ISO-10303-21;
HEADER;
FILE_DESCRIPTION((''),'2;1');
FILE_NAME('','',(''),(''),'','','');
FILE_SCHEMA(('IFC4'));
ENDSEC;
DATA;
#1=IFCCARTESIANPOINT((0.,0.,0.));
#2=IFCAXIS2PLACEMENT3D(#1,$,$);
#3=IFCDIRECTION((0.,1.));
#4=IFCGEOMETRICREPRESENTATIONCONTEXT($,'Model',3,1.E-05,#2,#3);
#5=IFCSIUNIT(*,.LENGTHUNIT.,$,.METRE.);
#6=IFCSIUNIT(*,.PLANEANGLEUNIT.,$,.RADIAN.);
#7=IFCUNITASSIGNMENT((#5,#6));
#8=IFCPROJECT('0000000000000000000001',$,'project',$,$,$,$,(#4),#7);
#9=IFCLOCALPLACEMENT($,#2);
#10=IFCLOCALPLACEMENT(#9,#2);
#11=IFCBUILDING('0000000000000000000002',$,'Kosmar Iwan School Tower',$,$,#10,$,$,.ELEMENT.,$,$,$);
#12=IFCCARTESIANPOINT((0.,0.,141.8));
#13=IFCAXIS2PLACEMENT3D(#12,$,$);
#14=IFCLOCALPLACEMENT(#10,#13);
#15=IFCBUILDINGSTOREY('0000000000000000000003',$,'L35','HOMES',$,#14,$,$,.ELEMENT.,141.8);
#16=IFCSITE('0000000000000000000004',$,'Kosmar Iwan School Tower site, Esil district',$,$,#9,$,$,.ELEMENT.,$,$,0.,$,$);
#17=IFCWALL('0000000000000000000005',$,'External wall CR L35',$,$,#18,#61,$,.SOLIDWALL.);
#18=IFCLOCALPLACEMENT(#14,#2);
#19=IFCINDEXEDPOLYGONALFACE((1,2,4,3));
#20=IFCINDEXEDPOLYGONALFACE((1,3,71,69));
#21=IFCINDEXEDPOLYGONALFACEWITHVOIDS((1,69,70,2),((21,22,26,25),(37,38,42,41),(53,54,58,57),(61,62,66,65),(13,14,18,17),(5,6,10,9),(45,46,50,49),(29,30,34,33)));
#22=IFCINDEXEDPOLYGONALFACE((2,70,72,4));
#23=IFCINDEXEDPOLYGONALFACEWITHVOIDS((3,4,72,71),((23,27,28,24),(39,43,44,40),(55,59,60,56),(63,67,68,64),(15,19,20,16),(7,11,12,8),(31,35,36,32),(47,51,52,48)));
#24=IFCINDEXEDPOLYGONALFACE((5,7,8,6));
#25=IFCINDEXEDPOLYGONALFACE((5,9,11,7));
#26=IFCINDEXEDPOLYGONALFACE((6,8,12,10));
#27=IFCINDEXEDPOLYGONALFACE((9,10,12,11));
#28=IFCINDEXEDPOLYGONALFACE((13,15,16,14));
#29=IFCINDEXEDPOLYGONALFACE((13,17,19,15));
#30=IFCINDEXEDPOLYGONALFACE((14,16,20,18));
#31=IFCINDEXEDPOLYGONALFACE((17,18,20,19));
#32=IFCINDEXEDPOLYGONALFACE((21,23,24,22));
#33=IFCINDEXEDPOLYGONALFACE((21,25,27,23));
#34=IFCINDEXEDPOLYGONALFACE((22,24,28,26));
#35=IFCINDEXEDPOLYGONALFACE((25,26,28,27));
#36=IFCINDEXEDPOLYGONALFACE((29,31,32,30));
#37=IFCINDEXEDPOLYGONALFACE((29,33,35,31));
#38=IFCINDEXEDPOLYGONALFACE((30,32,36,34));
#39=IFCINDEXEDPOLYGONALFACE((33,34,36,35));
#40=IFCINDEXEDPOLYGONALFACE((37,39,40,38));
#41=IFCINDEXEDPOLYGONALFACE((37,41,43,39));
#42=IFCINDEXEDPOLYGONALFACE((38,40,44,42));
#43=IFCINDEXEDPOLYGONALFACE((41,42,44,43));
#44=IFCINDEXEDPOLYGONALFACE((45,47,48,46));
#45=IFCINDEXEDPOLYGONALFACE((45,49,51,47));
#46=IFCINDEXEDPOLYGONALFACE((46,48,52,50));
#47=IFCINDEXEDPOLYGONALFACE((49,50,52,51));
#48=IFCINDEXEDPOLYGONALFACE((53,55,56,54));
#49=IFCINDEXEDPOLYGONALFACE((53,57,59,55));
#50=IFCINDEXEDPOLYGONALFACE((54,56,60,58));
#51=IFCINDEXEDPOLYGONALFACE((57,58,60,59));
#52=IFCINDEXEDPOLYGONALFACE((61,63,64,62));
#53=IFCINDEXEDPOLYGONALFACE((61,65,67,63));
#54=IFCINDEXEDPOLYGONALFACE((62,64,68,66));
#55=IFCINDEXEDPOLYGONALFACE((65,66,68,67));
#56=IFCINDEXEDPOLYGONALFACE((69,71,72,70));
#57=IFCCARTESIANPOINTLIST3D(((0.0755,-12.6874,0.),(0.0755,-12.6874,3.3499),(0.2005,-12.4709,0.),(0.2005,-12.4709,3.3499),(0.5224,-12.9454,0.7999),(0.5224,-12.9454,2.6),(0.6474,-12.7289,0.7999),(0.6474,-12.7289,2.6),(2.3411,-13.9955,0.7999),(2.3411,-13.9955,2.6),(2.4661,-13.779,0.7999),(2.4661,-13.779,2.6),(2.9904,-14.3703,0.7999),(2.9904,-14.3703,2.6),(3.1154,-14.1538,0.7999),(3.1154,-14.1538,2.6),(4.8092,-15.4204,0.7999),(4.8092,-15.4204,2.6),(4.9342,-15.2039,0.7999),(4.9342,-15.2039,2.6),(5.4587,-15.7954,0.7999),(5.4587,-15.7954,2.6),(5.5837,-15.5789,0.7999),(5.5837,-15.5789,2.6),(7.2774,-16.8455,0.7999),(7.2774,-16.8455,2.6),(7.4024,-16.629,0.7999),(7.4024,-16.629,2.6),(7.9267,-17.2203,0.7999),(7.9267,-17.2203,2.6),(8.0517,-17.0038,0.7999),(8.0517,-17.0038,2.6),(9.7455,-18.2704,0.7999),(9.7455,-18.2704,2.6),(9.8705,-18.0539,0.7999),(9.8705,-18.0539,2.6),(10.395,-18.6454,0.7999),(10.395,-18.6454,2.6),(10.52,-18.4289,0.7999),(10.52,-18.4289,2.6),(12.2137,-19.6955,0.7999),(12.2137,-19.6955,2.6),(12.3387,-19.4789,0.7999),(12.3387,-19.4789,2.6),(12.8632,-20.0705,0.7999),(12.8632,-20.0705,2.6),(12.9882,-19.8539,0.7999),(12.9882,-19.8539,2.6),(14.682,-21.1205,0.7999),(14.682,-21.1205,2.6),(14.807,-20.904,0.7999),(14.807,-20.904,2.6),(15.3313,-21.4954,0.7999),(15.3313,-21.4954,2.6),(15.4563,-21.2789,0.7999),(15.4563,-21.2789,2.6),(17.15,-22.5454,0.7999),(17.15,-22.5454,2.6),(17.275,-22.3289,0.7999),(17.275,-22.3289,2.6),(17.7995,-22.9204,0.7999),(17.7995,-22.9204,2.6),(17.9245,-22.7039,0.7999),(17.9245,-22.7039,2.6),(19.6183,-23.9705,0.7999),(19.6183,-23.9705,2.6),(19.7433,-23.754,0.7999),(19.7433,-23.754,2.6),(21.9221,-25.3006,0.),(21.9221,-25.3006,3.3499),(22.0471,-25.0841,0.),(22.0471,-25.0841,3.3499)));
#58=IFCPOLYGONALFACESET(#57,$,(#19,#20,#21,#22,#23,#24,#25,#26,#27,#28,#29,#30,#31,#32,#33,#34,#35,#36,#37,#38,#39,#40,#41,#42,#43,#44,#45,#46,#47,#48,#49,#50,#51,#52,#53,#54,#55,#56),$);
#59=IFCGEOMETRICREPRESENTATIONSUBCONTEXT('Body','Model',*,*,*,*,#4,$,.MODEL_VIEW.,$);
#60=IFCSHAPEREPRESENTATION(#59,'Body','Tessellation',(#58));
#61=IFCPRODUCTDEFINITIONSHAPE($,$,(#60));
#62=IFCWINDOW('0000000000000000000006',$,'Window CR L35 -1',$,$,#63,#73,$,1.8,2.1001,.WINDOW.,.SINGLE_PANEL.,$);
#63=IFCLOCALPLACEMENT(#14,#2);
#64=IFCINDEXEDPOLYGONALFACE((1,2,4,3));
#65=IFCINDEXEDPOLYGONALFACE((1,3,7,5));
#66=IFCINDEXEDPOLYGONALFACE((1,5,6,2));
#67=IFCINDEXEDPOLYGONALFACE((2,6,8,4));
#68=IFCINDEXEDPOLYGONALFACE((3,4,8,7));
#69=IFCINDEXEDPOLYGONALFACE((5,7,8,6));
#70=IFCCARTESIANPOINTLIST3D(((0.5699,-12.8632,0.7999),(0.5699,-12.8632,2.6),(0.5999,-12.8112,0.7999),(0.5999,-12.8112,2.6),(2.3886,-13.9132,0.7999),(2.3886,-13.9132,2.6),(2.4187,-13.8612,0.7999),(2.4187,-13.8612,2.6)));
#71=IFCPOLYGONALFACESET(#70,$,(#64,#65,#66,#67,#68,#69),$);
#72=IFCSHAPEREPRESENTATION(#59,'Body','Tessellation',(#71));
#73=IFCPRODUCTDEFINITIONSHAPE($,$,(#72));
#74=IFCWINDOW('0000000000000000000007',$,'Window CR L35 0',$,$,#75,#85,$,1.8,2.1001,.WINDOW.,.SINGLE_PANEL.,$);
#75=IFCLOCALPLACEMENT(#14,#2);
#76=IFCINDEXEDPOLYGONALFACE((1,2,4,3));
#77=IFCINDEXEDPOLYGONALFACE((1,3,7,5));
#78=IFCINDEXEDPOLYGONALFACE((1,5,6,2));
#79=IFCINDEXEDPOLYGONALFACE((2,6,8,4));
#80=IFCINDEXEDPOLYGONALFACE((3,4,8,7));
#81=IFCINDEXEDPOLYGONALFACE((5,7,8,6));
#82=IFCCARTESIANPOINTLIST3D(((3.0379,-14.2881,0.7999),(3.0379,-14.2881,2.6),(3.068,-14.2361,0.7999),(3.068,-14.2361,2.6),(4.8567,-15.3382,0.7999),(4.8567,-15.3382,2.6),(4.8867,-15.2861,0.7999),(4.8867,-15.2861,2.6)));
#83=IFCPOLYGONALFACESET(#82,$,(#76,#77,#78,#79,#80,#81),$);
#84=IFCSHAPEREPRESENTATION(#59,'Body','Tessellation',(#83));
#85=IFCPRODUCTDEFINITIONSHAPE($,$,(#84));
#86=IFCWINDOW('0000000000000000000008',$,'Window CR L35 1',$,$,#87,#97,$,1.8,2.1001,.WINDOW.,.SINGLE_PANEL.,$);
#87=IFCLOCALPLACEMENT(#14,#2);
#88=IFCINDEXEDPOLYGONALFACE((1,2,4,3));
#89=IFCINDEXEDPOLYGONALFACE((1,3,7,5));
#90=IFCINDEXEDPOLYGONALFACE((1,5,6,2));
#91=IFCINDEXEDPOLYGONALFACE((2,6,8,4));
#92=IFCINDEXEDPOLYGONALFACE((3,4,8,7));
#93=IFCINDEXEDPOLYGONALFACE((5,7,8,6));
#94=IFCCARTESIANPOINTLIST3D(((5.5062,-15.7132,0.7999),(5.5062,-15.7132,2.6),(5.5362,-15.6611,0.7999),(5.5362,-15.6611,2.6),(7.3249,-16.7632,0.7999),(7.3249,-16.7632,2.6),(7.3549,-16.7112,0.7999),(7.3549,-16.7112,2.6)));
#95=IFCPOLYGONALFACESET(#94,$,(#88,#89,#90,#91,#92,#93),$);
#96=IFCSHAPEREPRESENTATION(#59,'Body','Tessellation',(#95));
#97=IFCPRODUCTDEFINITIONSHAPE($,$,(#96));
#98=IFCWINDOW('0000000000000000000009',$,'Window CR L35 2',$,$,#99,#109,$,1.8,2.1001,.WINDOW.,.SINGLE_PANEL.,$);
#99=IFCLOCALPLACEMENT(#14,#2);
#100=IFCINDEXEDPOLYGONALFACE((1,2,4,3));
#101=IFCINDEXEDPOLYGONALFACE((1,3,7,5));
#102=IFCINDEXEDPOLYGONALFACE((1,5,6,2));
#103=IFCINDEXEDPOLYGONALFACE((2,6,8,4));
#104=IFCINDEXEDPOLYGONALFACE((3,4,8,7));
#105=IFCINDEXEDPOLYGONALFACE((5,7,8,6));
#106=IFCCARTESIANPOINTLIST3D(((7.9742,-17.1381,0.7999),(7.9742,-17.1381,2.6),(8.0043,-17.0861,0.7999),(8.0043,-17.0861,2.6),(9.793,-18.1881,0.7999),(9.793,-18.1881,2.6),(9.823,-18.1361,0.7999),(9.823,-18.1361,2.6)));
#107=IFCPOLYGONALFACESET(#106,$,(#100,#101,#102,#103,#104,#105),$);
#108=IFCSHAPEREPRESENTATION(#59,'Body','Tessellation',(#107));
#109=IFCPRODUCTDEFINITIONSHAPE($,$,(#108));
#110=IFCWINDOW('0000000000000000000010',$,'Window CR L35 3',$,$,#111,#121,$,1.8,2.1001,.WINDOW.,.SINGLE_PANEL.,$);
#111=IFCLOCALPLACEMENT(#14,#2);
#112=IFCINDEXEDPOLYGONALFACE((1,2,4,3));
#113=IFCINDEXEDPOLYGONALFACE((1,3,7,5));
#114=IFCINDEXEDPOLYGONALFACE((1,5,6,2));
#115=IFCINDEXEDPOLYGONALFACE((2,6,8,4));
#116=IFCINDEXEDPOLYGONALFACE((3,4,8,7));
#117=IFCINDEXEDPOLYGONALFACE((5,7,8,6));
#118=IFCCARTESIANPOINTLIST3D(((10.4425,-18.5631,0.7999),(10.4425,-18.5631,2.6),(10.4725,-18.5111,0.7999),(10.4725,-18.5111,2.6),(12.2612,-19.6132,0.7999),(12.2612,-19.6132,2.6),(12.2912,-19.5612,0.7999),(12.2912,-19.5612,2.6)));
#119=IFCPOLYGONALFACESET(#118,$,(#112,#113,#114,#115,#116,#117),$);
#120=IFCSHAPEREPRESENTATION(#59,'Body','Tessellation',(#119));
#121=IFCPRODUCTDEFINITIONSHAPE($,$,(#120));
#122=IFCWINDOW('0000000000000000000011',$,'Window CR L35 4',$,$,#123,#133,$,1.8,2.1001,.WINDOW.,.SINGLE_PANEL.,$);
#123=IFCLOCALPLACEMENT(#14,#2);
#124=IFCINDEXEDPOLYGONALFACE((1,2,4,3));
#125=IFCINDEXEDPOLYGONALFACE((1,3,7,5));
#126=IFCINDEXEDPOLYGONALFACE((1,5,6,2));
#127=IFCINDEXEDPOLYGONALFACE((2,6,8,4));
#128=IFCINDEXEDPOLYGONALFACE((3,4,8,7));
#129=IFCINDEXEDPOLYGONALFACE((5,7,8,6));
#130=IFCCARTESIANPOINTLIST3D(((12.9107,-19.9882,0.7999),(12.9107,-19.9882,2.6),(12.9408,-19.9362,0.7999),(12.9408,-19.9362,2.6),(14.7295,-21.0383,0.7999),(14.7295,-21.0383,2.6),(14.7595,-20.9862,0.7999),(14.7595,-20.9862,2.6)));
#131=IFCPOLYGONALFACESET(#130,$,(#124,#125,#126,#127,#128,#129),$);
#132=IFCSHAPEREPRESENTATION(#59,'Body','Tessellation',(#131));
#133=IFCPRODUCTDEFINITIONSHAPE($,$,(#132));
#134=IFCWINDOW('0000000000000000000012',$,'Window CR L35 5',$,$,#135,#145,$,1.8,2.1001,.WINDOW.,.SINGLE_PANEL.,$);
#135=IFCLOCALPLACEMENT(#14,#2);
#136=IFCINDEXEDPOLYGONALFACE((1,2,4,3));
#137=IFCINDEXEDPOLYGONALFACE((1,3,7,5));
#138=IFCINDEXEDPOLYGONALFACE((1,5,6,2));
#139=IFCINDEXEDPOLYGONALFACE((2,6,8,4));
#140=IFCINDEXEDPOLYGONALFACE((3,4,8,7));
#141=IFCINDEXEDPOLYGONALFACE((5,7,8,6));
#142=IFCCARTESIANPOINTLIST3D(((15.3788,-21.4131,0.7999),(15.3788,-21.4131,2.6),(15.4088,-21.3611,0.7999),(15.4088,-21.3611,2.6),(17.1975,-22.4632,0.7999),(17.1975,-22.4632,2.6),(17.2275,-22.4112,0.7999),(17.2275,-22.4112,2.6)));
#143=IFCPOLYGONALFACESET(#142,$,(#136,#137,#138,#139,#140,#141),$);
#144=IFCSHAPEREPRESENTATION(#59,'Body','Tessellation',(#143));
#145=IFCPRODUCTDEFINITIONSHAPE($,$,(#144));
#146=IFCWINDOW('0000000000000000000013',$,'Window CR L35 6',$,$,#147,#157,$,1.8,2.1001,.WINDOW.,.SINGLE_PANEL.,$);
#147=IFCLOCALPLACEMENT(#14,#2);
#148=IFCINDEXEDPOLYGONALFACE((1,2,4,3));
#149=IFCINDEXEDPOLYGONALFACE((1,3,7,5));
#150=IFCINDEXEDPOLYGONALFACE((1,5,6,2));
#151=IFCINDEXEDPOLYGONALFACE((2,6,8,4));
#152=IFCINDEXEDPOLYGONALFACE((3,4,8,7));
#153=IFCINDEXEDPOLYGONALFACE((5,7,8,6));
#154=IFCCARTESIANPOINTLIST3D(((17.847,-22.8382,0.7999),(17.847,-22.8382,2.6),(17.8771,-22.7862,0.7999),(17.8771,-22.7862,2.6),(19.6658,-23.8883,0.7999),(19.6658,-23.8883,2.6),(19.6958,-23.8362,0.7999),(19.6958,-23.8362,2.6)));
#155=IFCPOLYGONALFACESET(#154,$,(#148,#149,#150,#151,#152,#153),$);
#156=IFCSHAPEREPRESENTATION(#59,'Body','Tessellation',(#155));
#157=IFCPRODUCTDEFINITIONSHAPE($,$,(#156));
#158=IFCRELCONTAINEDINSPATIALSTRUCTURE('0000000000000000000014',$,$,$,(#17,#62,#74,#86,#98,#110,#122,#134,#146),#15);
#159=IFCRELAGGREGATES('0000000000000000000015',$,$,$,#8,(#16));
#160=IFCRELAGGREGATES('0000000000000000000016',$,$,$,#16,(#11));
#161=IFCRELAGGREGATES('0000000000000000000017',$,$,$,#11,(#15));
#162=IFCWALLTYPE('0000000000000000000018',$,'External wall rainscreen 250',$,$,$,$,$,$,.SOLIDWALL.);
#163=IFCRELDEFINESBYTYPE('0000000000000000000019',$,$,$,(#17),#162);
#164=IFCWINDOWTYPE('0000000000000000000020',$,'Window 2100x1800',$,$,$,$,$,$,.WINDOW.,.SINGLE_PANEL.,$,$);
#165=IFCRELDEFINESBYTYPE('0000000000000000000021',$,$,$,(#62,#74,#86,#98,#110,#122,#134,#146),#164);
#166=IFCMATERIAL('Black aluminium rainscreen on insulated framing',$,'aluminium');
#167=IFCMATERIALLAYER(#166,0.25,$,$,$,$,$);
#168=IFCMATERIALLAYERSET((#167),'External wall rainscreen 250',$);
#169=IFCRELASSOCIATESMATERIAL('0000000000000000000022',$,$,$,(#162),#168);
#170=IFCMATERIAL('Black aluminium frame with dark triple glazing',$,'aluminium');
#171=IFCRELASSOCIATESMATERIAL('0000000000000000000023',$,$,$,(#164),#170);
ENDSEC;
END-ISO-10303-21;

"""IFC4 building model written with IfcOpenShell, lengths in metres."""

from ifc_helpers import new_model, si_unit, direction, frame, frame_2d, origin, place, context, subcontext, project, spatial, rectangle, extrude, material, layer, layer_set, type_object, element, fill, save


model = new_model("IFC4")

# Units and contexts
model_context = context("Model", 3, precision=1e-05, world=origin(), true_north=direction((0.0, 1.0)))
body_context = subcontext(model_context, "Body", "Model", "MODEL_VIEW")
ifc_project = project(units=[si_unit("LENGTHUNIT", "METRE"), si_unit("PLANEANGLEUNIT", "RADIAN")], contexts=[model_context])

# Site, building, storey
site_placement = place(None, origin())
site = spatial("IfcSite", under=ifc_project, at=site_placement, Name="Kosmar Iwan School Tower site, Esil district", CompositionType="ELEMENT", RefElevation=0.0)
building_placement = place(site_placement, origin())
building = spatial("IfcBuilding", under=site, at=building_placement, Name="Kosmar Iwan School Tower", CompositionType="ELEMENT")
storey_placement = place(building_placement, frame((0.0, 0.0, 141.8)))
storey = spatial("IfcBuildingStorey", under=building, at=storey_placement, Name="L35", Description="HOMES", CompositionType="ELEMENT", Elevation=141.8)

# Wall, openings, windows
ifc_material_1 = material(Name="Black aluminium rainscreen on insulated framing", Category="aluminium")
ifc_layer_1 = layer(ifc_material_1, 0.25)
ifc_layer_set_1 = layer_set([ifc_layer_1], Name="External wall rainscreen 250")
wall_type_1 = type_object("IfcWallType", Name="External wall rainscreen 250", PredefinedType="SOLIDWALL", material=ifc_layer_set_1)
ifc_material_2 = material(Name="Black aluminium frame with dark triple glazing", Category="aluminium")
window_type = type_object("IfcWindowType", Name="Window 2100x1800", PartitioningType="SINGLE_PANEL", PredefinedType="WINDOW", material=ifc_material_2)
wall_1_placement = place(storey_placement, frame((0.1379, -12.5791, 0.0), z_axis=(0.0, 0.0, 1.0), x_axis=(0.866024, -0.500003, 0.0)))
wall_1 = element("IfcWall", 1, at=wall_1_placement, inside=storey, type_object=wall_type_1, Name="External wall CR L35", PredefinedType="SOLIDWALL", context=body_context, shape_type="SweptSolid", body=[
    extrude(rectangle(XDim=25.2263, YDim=0.25, at=frame_2d((12.6133, 0.0))), origin(), (0.0, 0.0, 1.0), 3.3499),
])
opening_1_placement = place(wall_1_placement, frame((0.5161, 0.0, 0.8)))
opening_1 = element("IfcOpeningElement", 2, at=opening_1_placement, cuts=wall_1, PredefinedType="OPENING", context=body_context, shape_type="SweptSolid", body=[
    extrude(rectangle(XDim=2.1001, YDim=1.8, at=frame_2d((1.05, 0.8999))), frame((0.0, 0.137, 0.0), z_axis=(0.0, -1.0, 0.0), x_axis=(1.0, 0.0, 0.0)), (0.0, 0.0, 1.0), 0.2739),
])
opening_2_placement = place(wall_1_placement, frame((3.366, 0.0, 0.8)))
opening_2 = element("IfcOpeningElement", 3, at=opening_2_placement, cuts=wall_1, PredefinedType="OPENING", context=body_context, shape_type="SweptSolid", body=[
    extrude(rectangle(XDim=2.1001, YDim=1.8, at=frame_2d((1.05, 0.8999))), frame((0.0, 0.137, 0.0), z_axis=(0.0, -1.0, 0.0), x_axis=(1.0, 0.0, 0.0)), (0.0, 0.0, 1.0), 0.2739),
])
opening_3_placement = place(wall_1_placement, frame((6.2161, 0.0, 0.8)))
opening_3 = element("IfcOpeningElement", 4, at=opening_3_placement, cuts=wall_1, PredefinedType="OPENING", context=body_context, shape_type="SweptSolid", body=[
    extrude(rectangle(XDim=2.1001, YDim=1.8, at=frame_2d((1.05, 0.8999))), frame((0.0, 0.137, 0.0), z_axis=(0.0, -1.0, 0.0), x_axis=(1.0, 0.0, 0.0)), (0.0, 0.0, 1.0), 0.2739),
])
opening_4_placement = place(wall_1_placement, frame((9.0659, 0.0, 0.8)))
opening_4 = element("IfcOpeningElement", 5, at=opening_4_placement, cuts=wall_1, PredefinedType="OPENING", context=body_context, shape_type="SweptSolid", body=[
    extrude(rectangle(XDim=2.1001, YDim=1.8, at=frame_2d((1.05, 0.8999))), frame((0.0, 0.137, 0.0), z_axis=(0.0, -1.0, 0.0), x_axis=(1.0, 0.0, 0.0)), (0.0, 0.0, 1.0), 0.2739),
])
opening_5_placement = place(wall_1_placement, frame((11.916, 0.0, 0.8)))
opening_5 = element("IfcOpeningElement", 6, at=opening_5_placement, cuts=wall_1, PredefinedType="OPENING", context=body_context, shape_type="SweptSolid", body=[
    extrude(rectangle(XDim=2.1001, YDim=1.8, at=frame_2d((1.05, 0.8999))), frame((0.0, 0.137, 0.0), z_axis=(0.0, -1.0, 0.0), x_axis=(1.0, 0.0, 0.0)), (0.0, 0.0, 1.0), 0.2739),
])
opening_6_placement = place(wall_1_placement, frame((14.7661, 0.0, 0.8)))
opening_6 = element("IfcOpeningElement", 7, at=opening_6_placement, cuts=wall_1, PredefinedType="OPENING", context=body_context, shape_type="SweptSolid", body=[
    extrude(rectangle(XDim=2.1001, YDim=1.8, at=frame_2d((1.05, 0.8999))), frame((0.0, 0.137, 0.0), z_axis=(0.0, -1.0, 0.0), x_axis=(1.0, 0.0, 0.0)), (0.0, 0.0, 1.0), 0.2739),
])
opening_7_placement = place(wall_1_placement, frame((17.616, 0.0, 0.8)))
opening_7 = element("IfcOpeningElement", 8, at=opening_7_placement, cuts=wall_1, PredefinedType="OPENING", context=body_context, shape_type="SweptSolid", body=[
    extrude(rectangle(XDim=2.1001, YDim=1.8, at=frame_2d((1.05, 0.8999))), frame((0.0, 0.137, 0.0), z_axis=(0.0, -1.0, 0.0), x_axis=(1.0, 0.0, 0.0)), (0.0, 0.0, 1.0), 0.2739),
])
opening_8_placement = place(wall_1_placement, frame((20.4661, 0.0, 0.8)))
opening_8 = element("IfcOpeningElement", 9, at=opening_8_placement, cuts=wall_1, PredefinedType="OPENING", context=body_context, shape_type="SweptSolid", body=[
    extrude(rectangle(XDim=2.1001, YDim=1.8, at=frame_2d((1.05, 0.8999))), frame((0.0, 0.137, 0.0), z_axis=(0.0, -1.0, 0.0), x_axis=(1.0, 0.0, 0.0)), (0.0, 0.0, 1.0), 0.2739),
])
window_1_placement = place(opening_1_placement, origin())
window_1 = element("IfcWindow", 10, at=window_1_placement, inside=storey, type_object=window_type, Name="Window CR L35 -1", OverallHeight=1.8, OverallWidth=2.1001, PartitioningType="SINGLE_PANEL", PredefinedType="WINDOW", context=body_context, shape_type="SweptSolid", body=[
    extrude(rectangle(XDim=2.1001, YDim=1.8, at=frame_2d((1.05, 0.8999))), frame((0.0, 0.03, 0.0), z_axis=(0.0, -1.0, 0.0), x_axis=(1.0, 0.0, 0.0)), (0.0, 0.0, 1.0), 0.0601),
])
fill(opening_1, window_1)
window_2_placement = place(opening_2_placement, origin())
window_2 = element("IfcWindow", 11, at=window_2_placement, inside=storey, type_object=window_type, Name="Window CR L35 0", OverallHeight=1.8, OverallWidth=2.1001, PartitioningType="SINGLE_PANEL", PredefinedType="WINDOW", context=body_context, shape_type="SweptSolid", body=[
    extrude(rectangle(XDim=2.1001, YDim=1.8, at=frame_2d((1.05, 0.8999))), frame((0.0, 0.03, 0.0), z_axis=(0.0, -1.0, 0.0), x_axis=(1.0, 0.0, 0.0)), (0.0, 0.0, 1.0), 0.0601),
])
fill(opening_2, window_2)
window_3_placement = place(opening_3_placement, origin())
window_3 = element("IfcWindow", 12, at=window_3_placement, inside=storey, type_object=window_type, Name="Window CR L35 1", OverallHeight=1.8, OverallWidth=2.1001, PartitioningType="SINGLE_PANEL", PredefinedType="WINDOW", context=body_context, shape_type="SweptSolid", body=[
    extrude(rectangle(XDim=2.1001, YDim=1.8, at=frame_2d((1.05, 0.8999))), frame((0.0, 0.03, 0.0), z_axis=(0.0, -1.0, 0.0), x_axis=(1.0, 0.0, 0.0)), (0.0, 0.0, 1.0), 0.0601),
])
fill(opening_3, window_3)
window_4_placement = place(opening_4_placement, origin())
window_4 = element("IfcWindow", 13, at=window_4_placement, inside=storey, type_object=window_type, Name="Window CR L35 2", OverallHeight=1.8, OverallWidth=2.1001, PartitioningType="SINGLE_PANEL", PredefinedType="WINDOW", context=body_context, shape_type="SweptSolid", body=[
    extrude(rectangle(XDim=2.1001, YDim=1.8, at=frame_2d((1.05, 0.8999))), frame((0.0, 0.03, 0.0), z_axis=(0.0, -1.0, 0.0), x_axis=(1.0, 0.0, 0.0)), (0.0, 0.0, 1.0), 0.0601),
])
fill(opening_4, window_4)
window_5_placement = place(opening_5_placement, origin())
window_5 = element("IfcWindow", 14, at=window_5_placement, inside=storey, type_object=window_type, Name="Window CR L35 3", OverallHeight=1.8, OverallWidth=2.1001, PartitioningType="SINGLE_PANEL", PredefinedType="WINDOW", context=body_context, shape_type="SweptSolid", body=[
    extrude(rectangle(XDim=2.1001, YDim=1.8, at=frame_2d((1.05, 0.8999))), frame((0.0, 0.03, 0.0), z_axis=(0.0, -1.0, 0.0), x_axis=(1.0, 0.0, 0.0)), (0.0, 0.0, 1.0), 0.0601),
])
fill(opening_5, window_5)
window_6_placement = place(opening_6_placement, origin())
window_6 = element("IfcWindow", 15, at=window_6_placement, inside=storey, type_object=window_type, Name="Window CR L35 4", OverallHeight=1.8, OverallWidth=2.1001, PartitioningType="SINGLE_PANEL", PredefinedType="WINDOW", context=body_context, shape_type="SweptSolid", body=[
    extrude(rectangle(XDim=2.1001, YDim=1.8, at=frame_2d((1.05, 0.8999))), frame((0.0, 0.03, 0.0), z_axis=(0.0, -1.0, 0.0), x_axis=(1.0, 0.0, 0.0)), (0.0, 0.0, 1.0), 0.0601),
])
fill(opening_6, window_6)
window_7_placement = place(opening_7_placement, origin())
window_7 = element("IfcWindow", 16, at=window_7_placement, inside=storey, type_object=window_type, Name="Window CR L35 5", OverallHeight=1.8, OverallWidth=2.1001, PartitioningType="SINGLE_PANEL", PredefinedType="WINDOW", context=body_context, shape_type="SweptSolid", body=[
    extrude(rectangle(XDim=2.1001, YDim=1.8, at=frame_2d((1.05, 0.8999))), frame((0.0, 0.03, 0.0), z_axis=(0.0, -1.0, 0.0), x_axis=(1.0, 0.0, 0.0)), (0.0, 0.0, 1.0), 0.0601),
])
fill(opening_7, window_7)
window_8_placement = place(opening_8_placement, origin())
window_8 = element("IfcWindow", 17, at=window_8_placement, inside=storey, type_object=window_type, Name="Window CR L35 6", OverallHeight=1.8, OverallWidth=2.1001, PartitioningType="SINGLE_PANEL", PredefinedType="WINDOW", context=body_context, shape_type="SweptSolid", body=[
    extrude(rectangle(XDim=2.1001, YDim=1.8, at=frame_2d((1.05, 0.8999))), frame((0.0, 0.03, 0.0), z_axis=(0.0, -1.0, 0.0), x_axis=(1.0, 0.0, 0.0)), (0.0, 0.0, 1.0), 0.0601),
])
fill(opening_8, window_8)

save(model, "model.ifc")
